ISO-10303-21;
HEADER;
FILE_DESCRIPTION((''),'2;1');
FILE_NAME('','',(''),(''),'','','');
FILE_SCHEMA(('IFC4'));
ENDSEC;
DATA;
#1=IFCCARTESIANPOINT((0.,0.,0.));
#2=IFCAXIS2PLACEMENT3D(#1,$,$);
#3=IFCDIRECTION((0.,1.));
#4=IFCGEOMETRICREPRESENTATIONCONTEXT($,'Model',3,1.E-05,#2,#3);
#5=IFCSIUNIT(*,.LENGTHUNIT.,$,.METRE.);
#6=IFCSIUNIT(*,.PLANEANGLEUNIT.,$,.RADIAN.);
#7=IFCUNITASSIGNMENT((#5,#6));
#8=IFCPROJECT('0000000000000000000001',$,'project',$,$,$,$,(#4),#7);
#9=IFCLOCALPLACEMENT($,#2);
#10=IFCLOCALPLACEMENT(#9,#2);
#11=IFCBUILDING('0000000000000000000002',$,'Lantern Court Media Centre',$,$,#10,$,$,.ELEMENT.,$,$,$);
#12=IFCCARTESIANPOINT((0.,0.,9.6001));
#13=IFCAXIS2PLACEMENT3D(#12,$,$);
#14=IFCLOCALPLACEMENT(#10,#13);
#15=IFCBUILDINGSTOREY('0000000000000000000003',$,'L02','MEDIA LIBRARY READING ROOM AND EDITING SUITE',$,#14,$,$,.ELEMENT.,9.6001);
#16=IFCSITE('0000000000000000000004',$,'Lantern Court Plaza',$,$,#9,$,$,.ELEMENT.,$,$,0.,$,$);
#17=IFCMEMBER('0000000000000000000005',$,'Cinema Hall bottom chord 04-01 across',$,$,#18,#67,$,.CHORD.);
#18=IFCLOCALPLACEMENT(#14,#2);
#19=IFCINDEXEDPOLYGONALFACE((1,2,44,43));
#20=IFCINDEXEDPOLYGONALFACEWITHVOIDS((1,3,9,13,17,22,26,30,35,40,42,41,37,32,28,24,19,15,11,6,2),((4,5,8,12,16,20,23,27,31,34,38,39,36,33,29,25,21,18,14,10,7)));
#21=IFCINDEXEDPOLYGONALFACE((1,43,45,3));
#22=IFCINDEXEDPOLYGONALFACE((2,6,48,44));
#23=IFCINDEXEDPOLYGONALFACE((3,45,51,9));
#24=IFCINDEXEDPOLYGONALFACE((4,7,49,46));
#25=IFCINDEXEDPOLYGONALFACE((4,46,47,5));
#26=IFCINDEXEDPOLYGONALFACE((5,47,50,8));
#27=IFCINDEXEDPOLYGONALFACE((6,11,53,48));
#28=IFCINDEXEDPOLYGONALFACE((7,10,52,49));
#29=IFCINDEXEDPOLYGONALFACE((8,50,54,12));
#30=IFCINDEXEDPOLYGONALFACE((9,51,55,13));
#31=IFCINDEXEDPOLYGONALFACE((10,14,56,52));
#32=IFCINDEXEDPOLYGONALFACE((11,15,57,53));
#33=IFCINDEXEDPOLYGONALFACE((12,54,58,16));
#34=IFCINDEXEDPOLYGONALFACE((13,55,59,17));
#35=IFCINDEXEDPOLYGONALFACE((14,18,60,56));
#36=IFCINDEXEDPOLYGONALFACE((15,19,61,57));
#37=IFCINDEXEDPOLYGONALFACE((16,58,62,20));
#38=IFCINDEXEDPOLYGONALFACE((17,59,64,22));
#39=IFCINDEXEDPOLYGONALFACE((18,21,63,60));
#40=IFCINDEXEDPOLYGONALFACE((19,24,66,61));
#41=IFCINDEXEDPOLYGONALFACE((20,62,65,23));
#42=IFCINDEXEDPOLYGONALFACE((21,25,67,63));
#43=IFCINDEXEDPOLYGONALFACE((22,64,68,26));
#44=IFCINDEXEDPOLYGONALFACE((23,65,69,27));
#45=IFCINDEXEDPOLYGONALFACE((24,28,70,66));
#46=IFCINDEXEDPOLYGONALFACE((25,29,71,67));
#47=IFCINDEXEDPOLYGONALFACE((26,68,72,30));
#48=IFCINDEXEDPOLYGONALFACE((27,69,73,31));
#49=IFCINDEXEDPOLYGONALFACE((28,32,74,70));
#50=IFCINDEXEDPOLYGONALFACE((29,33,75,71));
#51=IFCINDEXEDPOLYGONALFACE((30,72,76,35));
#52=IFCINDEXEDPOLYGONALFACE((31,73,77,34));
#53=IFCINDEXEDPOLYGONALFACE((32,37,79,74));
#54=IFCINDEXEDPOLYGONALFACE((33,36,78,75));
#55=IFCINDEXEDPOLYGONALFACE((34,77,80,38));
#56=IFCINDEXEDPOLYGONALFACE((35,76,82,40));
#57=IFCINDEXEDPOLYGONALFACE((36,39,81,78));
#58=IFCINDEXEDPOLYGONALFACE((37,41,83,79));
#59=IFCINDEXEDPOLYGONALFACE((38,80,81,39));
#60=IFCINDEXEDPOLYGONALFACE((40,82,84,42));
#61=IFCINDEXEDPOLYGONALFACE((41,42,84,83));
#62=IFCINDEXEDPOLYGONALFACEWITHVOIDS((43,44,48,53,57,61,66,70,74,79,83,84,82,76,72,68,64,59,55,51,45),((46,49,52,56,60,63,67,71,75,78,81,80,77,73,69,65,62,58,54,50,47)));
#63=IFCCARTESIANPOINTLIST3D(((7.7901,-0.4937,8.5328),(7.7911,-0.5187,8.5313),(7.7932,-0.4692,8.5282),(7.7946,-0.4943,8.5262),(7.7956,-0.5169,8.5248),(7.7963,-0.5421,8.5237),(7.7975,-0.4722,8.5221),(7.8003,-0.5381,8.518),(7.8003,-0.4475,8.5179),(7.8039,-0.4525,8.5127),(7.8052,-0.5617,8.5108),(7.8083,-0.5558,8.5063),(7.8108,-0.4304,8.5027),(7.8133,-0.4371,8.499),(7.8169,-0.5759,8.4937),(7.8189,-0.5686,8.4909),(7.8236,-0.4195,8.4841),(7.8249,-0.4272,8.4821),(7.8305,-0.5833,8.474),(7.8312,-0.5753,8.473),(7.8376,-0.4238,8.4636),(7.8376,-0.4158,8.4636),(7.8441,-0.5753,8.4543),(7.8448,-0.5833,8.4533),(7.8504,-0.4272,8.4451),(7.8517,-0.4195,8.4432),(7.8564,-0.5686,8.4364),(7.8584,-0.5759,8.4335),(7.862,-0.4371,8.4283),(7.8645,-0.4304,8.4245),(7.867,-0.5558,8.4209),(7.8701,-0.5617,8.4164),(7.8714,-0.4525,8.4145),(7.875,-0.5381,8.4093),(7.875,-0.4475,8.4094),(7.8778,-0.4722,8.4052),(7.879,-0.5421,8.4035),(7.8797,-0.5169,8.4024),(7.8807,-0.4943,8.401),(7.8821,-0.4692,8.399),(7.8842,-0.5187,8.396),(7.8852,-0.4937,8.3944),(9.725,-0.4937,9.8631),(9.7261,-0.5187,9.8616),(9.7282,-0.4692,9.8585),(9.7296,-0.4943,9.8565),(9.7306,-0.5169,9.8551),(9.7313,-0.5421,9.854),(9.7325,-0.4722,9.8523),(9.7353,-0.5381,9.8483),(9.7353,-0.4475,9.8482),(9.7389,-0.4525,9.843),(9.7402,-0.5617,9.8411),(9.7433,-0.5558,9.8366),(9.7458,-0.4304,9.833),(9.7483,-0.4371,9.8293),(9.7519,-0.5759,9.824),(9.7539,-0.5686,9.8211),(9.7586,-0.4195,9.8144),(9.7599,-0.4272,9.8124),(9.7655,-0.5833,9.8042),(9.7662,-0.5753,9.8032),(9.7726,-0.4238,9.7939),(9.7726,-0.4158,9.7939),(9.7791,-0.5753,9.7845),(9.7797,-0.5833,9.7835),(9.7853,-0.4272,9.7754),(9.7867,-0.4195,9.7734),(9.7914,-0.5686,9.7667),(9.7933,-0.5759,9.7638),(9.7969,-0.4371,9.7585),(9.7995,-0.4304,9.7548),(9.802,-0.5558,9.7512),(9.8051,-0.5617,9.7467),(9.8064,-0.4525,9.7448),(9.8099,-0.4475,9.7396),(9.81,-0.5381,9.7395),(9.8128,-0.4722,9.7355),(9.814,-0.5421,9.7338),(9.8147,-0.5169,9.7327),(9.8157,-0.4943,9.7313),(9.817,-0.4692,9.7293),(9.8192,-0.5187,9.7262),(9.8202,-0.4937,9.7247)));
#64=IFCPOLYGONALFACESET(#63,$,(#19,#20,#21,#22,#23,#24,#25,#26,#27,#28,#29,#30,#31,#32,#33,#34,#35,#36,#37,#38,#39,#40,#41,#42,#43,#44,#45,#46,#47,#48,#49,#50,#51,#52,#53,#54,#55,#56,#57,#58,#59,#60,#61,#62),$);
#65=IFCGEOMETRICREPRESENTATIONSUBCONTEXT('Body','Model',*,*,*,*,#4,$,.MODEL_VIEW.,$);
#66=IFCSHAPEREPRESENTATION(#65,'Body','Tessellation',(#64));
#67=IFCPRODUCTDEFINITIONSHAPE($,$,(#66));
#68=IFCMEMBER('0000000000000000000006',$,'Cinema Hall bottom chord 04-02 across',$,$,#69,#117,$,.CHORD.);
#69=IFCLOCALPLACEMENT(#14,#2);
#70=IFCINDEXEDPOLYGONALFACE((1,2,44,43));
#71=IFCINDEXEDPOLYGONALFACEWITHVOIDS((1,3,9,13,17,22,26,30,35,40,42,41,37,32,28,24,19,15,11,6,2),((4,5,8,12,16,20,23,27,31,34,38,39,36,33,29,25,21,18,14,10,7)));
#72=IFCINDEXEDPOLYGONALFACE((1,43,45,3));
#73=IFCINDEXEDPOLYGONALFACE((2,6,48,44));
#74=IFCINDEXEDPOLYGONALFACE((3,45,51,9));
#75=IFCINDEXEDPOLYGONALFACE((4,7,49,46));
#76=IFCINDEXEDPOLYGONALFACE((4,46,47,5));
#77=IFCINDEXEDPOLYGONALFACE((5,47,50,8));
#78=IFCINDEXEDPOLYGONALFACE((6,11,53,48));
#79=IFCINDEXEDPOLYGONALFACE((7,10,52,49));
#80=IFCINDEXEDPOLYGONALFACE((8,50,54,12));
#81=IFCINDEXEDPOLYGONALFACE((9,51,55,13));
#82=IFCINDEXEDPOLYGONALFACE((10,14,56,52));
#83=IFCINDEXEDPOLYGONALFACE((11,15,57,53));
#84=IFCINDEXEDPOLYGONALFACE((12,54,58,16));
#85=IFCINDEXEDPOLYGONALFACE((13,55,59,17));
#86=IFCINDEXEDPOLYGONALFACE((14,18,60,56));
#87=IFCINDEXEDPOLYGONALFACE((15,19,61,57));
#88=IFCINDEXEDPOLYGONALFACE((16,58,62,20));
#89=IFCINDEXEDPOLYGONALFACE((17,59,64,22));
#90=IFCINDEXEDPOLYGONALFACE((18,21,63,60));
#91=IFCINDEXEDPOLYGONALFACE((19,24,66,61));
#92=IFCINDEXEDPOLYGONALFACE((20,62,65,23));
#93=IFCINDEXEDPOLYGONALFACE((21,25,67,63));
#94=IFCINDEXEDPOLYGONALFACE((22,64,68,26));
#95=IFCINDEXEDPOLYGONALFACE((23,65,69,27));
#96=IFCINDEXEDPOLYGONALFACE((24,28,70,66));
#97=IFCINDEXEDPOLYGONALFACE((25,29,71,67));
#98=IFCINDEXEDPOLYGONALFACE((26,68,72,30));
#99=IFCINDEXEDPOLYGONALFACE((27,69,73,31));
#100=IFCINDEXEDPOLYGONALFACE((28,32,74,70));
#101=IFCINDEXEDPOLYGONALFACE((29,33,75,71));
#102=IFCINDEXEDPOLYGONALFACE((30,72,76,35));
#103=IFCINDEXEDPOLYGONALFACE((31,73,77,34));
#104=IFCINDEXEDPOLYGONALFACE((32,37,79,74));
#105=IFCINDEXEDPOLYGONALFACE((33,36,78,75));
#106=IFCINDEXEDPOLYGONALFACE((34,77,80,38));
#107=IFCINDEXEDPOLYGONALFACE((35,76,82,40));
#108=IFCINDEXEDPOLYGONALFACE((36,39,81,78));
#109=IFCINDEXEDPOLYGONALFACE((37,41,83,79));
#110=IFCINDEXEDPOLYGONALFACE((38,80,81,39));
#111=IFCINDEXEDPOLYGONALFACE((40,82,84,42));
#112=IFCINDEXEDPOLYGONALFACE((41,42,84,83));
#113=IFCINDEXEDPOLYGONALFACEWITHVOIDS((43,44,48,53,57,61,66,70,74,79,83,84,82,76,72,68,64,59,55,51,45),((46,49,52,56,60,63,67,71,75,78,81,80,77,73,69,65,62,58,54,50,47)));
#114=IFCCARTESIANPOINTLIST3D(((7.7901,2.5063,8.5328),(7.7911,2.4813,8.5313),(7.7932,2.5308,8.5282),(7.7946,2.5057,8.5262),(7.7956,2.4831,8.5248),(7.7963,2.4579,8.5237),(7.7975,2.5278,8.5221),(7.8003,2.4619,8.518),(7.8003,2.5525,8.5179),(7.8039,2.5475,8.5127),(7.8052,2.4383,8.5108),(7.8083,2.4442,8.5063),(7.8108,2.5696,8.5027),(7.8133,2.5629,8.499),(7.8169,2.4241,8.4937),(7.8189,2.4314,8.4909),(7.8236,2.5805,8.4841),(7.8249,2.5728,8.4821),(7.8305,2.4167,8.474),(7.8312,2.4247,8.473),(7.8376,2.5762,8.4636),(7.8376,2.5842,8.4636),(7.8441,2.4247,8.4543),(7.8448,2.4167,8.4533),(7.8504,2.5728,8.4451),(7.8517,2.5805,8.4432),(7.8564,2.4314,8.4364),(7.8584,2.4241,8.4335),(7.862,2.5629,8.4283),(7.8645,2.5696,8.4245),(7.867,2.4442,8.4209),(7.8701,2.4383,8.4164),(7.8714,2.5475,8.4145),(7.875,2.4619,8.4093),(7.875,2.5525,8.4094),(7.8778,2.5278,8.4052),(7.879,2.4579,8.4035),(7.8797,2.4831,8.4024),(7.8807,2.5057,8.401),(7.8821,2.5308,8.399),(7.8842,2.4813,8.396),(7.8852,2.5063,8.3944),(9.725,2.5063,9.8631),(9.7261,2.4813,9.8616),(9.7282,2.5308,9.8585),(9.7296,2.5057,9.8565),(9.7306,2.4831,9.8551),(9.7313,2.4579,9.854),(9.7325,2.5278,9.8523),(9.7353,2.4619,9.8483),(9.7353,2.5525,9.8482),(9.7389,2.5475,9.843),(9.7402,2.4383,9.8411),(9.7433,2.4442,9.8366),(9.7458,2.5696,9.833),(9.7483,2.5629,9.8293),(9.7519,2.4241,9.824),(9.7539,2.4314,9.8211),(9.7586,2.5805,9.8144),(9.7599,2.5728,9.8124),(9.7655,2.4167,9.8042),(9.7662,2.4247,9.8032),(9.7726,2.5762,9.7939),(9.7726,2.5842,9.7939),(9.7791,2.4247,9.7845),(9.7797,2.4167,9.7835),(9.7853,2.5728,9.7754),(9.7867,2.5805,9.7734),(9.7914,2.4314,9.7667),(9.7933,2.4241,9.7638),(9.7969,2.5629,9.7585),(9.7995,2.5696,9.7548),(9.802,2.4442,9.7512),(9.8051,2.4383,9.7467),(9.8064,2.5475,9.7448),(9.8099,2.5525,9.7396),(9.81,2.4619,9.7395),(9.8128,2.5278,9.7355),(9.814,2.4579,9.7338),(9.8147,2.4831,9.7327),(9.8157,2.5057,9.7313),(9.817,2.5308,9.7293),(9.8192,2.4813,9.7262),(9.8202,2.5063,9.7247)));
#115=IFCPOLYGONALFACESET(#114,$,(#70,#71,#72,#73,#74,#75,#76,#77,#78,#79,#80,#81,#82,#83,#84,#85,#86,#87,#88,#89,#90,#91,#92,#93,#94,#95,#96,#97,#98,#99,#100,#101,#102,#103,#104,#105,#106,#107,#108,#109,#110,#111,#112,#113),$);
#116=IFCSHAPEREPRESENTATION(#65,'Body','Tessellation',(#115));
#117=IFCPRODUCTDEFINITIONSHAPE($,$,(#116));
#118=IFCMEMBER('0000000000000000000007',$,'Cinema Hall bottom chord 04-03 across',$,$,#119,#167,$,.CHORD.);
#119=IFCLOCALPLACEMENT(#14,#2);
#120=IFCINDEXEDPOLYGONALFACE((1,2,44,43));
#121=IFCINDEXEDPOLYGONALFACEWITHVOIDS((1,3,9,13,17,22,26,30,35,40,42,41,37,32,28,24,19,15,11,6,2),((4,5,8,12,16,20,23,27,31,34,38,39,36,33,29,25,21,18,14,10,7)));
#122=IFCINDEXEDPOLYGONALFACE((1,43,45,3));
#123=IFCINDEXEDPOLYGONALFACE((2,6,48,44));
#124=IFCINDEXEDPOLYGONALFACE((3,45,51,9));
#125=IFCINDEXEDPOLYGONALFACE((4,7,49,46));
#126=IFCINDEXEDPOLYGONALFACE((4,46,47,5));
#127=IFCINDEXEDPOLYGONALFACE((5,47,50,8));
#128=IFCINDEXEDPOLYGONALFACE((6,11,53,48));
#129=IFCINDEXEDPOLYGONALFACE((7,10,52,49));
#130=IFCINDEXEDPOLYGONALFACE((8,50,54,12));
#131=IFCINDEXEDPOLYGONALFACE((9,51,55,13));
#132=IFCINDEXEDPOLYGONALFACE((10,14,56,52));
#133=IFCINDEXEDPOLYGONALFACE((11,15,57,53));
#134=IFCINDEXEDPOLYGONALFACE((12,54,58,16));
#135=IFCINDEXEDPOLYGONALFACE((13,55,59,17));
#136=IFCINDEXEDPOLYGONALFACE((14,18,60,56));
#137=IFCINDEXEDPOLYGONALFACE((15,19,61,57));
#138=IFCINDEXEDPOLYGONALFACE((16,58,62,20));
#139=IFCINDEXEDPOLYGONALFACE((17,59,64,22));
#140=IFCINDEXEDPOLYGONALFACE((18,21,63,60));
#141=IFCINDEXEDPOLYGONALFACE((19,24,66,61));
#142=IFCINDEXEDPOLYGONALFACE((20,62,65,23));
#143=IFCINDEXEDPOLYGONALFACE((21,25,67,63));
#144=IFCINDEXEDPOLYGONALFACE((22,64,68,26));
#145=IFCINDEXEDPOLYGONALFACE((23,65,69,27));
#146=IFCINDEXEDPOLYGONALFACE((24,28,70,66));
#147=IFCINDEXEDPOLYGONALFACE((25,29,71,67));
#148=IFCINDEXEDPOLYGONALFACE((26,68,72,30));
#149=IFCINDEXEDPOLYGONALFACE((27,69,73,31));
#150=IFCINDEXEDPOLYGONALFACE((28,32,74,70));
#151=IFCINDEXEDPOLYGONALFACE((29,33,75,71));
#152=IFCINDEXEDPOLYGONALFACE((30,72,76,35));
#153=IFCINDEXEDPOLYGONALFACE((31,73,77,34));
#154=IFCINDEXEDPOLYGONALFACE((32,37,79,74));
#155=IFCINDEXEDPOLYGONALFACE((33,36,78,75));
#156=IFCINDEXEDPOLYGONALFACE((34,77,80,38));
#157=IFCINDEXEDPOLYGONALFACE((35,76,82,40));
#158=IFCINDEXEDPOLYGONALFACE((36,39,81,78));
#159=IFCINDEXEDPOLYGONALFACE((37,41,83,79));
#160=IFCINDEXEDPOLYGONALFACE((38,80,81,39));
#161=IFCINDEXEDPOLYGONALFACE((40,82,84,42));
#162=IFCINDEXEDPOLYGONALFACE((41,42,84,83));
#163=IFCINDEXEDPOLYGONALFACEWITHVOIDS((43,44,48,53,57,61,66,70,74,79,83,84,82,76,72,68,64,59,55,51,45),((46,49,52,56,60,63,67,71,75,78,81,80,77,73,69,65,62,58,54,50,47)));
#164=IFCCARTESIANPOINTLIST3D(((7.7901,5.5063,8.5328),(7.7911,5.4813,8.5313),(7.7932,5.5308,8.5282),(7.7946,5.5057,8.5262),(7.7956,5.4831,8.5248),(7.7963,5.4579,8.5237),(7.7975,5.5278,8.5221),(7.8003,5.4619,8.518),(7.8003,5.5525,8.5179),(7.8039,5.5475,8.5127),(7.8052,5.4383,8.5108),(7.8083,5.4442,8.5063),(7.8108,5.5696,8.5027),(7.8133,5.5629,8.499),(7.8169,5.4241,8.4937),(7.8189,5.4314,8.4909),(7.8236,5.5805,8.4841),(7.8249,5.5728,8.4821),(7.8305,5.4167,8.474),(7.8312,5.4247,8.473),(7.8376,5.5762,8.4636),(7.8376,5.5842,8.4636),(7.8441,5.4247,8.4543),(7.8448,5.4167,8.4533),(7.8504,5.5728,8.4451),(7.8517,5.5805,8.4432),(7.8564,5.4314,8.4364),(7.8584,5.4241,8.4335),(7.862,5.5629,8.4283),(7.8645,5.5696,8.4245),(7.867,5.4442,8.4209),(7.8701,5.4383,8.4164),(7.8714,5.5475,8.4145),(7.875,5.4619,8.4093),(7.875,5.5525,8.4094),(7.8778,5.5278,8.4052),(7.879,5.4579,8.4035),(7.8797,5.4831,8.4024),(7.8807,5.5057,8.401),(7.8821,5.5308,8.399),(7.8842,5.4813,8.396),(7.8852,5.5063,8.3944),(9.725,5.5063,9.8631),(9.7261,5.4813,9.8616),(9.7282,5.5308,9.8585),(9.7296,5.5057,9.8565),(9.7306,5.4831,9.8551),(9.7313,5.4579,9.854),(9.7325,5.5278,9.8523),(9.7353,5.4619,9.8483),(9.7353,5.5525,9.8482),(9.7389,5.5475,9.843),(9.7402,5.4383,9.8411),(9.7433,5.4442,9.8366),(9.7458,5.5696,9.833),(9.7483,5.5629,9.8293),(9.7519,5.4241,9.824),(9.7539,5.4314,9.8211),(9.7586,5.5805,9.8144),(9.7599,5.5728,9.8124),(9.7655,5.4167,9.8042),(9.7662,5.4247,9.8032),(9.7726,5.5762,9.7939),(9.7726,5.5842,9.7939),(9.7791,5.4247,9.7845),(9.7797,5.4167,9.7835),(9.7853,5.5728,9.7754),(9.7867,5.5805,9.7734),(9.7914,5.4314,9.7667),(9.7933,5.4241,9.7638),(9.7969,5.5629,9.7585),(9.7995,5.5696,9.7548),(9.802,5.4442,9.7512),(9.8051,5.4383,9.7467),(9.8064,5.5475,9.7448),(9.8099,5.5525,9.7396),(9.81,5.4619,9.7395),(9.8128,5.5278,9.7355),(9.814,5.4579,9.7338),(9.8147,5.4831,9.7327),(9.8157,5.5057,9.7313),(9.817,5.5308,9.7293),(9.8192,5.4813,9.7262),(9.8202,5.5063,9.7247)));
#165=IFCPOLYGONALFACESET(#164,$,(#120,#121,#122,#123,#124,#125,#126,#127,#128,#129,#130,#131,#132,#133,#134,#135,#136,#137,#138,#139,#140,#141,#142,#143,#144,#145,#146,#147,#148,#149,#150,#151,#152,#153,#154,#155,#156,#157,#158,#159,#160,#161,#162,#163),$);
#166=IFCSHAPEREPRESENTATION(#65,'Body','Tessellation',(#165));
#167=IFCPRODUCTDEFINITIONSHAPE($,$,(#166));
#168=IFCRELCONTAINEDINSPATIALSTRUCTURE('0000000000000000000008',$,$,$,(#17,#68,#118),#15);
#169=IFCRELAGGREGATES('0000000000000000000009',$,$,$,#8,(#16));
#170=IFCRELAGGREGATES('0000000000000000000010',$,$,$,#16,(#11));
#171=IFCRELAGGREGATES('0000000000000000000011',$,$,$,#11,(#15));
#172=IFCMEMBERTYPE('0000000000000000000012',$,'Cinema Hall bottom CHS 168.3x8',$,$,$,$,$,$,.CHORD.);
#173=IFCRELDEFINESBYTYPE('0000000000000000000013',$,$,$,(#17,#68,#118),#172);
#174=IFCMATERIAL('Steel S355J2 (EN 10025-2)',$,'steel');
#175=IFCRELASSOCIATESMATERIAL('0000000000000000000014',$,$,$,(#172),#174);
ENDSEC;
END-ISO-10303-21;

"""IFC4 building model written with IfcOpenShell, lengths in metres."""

from ifc_helpers import new_model, si_unit, direction, frame, origin, origin_2d, place, context, subcontext, project, spatial, hollow_circle, extrude, material, material_profile, profile_set, type_object, element, save


model = new_model("IFC4")

# Units and contexts
model_context = context("Model", 3, precision=1e-05, world=origin(), true_north=direction((0.0, 1.0)))
body_context = subcontext(model_context, "Body", "Model", "MODEL_VIEW")
ifc_project = project(units=[si_unit("LENGTHUNIT", "METRE"), si_unit("PLANEANGLEUNIT", "RADIAN")], contexts=[model_context])

# Site, building, storey
site_placement = place(None, origin())
site = spatial("IfcSite", under=ifc_project, at=site_placement, Name="Lantern Court Plaza", CompositionType="ELEMENT", RefElevation=0.0)
building_placement = place(site_placement, origin())
building = spatial("IfcBuilding", under=site, at=building_placement, Name="Lantern Court Media Centre", CompositionType="ELEMENT")
storey_placement = place(building_placement, frame((0.0, 0.0, 9.6001)))
storey = spatial("IfcBuildingStorey", under=building, at=storey_placement, Name="L02", Description="MEDIA LIBRARY READING ROOM AND EDITING SUITE", CompositionType="ELEMENT", Elevation=9.6001)

# Members
ifc_material_1 = material(Name="Steel S355J2 (EN 10025-2)", Category="steel")
ifc_material_profile_1 = material_profile(ifc_material_1, hollow_circle(Radius=0.0842, WallThickness=0.0081, at=origin_2d()), Name="Cinema Hall bottom CHS 168.3x8")
ifc_profile_set_1 = profile_set([ifc_material_profile_1], Name="Steel S355J2 (EN 10025-2)")
member_type_1 = type_object("IfcMemberType", Name="Cinema Hall bottom CHS 168.3x8", PredefinedType="CHORD", material=ifc_profile_set_1)
for number, where, z_axis, x_axis, name in (
    (1, (7.8376, -0.5, 8.4636), (0.824048, 0.0, 0.56652), (0.0, 1.0, 0.0), "Cinema Hall bottom chord 04-01 across"),
    (2, (7.8376, 2.5, 8.4636), (0.824048, 0.0, 0.56652), (0.0, 1.0, 0.0), "Cinema Hall bottom chord 04-02 across"),
    (3, (7.8376, 5.5, 8.4636), (0.824048, 0.0, 0.56652), (0.0, 1.0, 0.0), "Cinema Hall bottom chord 04-03 across"),
):
    element("IfcMember", number, at=place(storey_placement, frame(where, z_axis=z_axis, x_axis=x_axis)), inside=storey, type_object=member_type_1, Name=name, PredefinedType="CHORD", context=body_context, shape_type="SweptSolid", body=[
        extrude(hollow_circle(Radius=0.0842, WallThickness=0.0081, at=origin_2d()), origin(), (0.0, 0.0, 1.0), 2.3481),
    ])

save(model, "model.ifc")
